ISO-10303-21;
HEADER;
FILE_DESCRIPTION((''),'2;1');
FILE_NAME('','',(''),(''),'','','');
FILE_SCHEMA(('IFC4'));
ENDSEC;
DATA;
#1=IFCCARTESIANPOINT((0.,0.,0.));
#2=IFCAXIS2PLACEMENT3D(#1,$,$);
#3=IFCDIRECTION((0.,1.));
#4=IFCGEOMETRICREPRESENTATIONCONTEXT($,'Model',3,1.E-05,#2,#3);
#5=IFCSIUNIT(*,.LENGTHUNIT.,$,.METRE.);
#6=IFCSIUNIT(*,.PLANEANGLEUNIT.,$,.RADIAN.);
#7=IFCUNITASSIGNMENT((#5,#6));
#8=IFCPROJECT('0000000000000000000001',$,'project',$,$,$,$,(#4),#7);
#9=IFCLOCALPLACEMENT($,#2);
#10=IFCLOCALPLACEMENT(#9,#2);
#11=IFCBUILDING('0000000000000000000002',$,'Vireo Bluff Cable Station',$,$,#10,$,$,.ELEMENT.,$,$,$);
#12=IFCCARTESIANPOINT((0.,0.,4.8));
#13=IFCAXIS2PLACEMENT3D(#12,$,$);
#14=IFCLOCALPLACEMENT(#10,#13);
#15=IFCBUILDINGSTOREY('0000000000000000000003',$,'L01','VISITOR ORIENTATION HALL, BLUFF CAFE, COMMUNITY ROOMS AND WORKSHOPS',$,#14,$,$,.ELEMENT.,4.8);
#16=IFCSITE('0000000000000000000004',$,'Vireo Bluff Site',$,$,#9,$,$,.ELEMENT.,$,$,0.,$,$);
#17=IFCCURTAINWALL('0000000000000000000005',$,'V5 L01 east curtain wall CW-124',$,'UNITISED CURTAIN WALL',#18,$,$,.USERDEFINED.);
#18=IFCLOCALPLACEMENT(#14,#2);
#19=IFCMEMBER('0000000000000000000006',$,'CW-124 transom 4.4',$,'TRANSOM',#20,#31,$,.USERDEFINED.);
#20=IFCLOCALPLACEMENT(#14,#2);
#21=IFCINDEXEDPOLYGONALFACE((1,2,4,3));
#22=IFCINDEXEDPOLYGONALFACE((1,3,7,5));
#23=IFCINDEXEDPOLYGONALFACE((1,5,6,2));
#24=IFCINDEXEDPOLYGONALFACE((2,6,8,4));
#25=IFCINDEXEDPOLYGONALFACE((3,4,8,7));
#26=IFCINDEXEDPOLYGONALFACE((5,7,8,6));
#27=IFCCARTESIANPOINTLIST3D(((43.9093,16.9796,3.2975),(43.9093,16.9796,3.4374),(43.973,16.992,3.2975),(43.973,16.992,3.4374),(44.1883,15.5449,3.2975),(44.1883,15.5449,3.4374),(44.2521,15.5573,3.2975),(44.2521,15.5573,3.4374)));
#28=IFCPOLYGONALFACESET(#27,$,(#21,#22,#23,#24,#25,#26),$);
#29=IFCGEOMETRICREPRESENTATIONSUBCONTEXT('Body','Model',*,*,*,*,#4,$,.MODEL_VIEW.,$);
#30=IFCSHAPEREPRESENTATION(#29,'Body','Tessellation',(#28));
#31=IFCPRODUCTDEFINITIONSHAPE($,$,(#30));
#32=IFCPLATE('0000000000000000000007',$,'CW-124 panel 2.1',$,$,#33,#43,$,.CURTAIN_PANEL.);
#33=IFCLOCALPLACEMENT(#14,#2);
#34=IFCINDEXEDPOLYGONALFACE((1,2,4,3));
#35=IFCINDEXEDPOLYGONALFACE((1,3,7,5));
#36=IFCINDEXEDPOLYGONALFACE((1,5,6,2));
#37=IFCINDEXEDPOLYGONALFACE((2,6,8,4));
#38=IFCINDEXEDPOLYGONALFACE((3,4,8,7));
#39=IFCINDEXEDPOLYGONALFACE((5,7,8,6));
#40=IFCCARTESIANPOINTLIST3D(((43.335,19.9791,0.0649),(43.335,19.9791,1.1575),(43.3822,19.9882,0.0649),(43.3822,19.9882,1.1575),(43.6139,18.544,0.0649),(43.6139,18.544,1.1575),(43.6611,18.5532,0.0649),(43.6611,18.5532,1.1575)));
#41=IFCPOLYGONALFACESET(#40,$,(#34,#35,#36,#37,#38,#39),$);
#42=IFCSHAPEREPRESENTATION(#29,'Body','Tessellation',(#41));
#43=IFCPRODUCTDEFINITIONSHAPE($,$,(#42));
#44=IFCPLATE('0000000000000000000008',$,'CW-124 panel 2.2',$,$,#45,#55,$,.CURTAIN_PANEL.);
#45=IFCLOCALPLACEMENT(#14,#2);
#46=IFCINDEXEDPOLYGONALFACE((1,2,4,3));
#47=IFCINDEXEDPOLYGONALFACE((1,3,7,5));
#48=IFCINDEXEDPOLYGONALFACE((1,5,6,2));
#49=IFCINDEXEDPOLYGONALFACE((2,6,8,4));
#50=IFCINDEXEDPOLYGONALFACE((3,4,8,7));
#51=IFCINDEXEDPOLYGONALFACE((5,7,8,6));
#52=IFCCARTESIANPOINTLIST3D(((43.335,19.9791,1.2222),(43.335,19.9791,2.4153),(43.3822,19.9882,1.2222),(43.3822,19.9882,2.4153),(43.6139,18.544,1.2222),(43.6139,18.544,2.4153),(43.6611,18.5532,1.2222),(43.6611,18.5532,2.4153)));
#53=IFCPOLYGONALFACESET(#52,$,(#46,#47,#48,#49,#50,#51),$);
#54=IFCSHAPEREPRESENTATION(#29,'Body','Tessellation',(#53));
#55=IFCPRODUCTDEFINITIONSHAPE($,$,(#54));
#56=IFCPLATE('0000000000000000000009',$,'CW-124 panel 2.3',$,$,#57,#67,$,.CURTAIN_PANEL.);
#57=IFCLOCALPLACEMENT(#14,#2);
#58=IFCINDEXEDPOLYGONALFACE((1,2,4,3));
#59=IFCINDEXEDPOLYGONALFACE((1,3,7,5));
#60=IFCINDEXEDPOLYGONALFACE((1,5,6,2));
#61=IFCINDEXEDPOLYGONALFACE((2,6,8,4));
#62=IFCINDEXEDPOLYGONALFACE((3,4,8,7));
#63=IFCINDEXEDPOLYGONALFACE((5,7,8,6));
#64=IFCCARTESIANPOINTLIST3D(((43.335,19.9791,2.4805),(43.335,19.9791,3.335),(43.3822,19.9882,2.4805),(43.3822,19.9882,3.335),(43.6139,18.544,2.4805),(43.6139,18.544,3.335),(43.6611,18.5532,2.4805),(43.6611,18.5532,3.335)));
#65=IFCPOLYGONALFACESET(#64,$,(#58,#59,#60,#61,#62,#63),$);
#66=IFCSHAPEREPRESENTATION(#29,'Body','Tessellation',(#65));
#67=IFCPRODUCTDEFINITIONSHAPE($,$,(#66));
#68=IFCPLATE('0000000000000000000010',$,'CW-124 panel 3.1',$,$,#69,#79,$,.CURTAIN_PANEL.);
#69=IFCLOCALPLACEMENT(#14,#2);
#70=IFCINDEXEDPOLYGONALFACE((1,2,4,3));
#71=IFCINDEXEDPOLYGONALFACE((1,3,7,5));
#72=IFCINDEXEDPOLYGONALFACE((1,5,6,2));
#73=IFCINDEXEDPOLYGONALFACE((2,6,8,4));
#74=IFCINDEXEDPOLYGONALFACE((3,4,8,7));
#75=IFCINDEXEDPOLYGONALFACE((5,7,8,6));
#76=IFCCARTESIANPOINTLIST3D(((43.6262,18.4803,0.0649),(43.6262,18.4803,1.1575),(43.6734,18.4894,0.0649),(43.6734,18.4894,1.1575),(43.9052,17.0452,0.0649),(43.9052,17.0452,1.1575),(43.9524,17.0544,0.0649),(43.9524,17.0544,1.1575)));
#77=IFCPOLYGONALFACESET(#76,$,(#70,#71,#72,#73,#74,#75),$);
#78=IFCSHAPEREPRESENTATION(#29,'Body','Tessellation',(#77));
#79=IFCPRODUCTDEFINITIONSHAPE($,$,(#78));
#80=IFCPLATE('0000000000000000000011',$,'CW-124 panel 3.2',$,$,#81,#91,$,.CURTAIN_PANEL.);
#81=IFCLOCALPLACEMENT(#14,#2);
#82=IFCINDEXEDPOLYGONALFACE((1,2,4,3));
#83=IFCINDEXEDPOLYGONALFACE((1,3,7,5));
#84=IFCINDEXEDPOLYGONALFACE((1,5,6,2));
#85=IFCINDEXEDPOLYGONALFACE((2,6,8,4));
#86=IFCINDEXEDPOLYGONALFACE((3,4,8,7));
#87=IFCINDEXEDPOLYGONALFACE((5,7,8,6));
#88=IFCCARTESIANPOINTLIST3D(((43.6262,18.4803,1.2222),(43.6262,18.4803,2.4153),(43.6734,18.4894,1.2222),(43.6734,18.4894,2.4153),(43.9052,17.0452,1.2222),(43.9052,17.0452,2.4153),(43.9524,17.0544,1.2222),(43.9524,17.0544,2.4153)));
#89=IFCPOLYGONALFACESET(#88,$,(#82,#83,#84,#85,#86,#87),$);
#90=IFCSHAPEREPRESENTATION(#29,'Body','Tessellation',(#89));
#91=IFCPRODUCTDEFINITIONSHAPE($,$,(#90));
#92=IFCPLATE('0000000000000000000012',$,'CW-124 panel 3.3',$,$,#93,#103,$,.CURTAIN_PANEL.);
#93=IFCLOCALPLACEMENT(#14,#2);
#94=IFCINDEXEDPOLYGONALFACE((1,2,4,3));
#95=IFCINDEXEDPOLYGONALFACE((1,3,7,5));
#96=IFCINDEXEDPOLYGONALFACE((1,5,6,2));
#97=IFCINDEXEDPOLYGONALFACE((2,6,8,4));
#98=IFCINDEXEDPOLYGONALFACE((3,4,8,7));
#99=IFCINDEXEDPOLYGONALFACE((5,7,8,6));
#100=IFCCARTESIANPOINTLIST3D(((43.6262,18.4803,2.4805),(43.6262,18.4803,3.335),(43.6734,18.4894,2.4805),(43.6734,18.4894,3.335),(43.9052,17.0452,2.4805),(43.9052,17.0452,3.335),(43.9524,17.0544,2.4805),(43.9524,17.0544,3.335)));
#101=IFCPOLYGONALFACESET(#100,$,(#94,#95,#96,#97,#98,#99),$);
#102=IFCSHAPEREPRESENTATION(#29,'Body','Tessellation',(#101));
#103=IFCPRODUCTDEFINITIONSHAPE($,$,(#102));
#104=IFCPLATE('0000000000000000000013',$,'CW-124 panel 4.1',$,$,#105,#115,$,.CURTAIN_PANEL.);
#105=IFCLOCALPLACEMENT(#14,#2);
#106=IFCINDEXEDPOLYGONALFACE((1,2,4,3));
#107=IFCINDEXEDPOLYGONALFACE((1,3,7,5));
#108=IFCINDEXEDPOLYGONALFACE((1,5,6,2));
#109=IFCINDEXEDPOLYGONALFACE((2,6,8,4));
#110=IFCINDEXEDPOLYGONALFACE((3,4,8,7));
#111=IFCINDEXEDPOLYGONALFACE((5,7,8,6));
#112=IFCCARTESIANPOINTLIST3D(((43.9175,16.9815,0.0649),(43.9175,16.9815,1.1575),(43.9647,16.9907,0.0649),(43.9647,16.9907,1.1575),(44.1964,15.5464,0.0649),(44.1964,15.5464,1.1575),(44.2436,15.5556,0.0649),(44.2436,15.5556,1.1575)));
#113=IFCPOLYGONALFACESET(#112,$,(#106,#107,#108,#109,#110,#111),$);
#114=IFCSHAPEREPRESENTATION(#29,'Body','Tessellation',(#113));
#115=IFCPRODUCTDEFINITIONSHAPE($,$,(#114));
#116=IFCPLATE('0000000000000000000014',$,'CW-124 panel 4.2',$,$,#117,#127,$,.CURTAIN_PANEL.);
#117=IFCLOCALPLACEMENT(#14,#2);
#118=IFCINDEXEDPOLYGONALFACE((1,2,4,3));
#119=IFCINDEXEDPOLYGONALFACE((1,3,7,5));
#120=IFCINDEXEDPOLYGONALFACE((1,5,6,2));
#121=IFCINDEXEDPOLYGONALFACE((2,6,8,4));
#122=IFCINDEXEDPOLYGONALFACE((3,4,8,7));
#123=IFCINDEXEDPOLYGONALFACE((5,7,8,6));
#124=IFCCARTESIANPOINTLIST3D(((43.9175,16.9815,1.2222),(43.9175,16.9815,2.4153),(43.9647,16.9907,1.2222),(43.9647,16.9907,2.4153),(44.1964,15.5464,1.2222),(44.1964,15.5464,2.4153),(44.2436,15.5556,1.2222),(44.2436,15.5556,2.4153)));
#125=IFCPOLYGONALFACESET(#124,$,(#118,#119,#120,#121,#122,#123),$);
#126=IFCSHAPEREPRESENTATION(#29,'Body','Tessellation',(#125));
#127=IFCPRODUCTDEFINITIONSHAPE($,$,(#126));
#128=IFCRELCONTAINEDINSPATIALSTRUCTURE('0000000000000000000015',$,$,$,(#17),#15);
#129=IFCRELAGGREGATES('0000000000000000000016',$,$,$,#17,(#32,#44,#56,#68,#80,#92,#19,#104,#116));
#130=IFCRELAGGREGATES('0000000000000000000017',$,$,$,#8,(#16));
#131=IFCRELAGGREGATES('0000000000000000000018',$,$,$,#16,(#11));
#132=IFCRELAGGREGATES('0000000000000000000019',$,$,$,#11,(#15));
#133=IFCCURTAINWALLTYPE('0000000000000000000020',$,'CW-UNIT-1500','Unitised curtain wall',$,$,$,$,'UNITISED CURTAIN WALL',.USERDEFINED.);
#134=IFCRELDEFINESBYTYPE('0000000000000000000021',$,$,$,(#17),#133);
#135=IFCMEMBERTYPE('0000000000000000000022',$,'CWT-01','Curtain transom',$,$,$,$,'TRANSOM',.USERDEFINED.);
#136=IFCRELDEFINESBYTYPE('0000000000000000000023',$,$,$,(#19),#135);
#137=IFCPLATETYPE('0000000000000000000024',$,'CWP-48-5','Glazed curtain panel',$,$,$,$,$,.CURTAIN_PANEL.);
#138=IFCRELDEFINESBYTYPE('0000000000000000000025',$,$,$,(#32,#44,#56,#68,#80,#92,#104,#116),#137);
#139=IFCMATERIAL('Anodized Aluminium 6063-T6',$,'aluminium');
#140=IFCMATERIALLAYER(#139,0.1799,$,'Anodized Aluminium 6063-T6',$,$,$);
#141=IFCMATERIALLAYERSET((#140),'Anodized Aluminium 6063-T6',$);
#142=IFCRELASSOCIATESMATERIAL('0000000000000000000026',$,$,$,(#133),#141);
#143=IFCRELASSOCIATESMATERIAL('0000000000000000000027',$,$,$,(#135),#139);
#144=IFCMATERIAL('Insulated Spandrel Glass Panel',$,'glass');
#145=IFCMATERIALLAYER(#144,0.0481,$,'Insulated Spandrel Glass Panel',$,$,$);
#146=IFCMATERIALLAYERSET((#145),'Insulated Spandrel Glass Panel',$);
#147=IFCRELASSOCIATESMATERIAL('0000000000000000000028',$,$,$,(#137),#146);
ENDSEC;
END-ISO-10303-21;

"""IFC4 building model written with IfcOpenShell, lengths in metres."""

from ifc_helpers import new_model, si_unit, direction, frame, origin, origin_2d, place, context, subcontext, project, spatial, rectangle, extrude, material, layer, layer_set, material_profile, profile_set, type_object, element, aggregate, save


model = new_model("IFC4")

# Units and contexts
model_context = context("Model", 3, precision=1e-05, world=origin(), true_north=direction((0.0, 1.0)))
body_context = subcontext(model_context, "Body", "Model", "MODEL_VIEW")
ifc_project = project(units=[si_unit("LENGTHUNIT", "METRE"), si_unit("PLANEANGLEUNIT", "RADIAN")], contexts=[model_context])

# Site, building, storey
site_placement = place(None, origin())
site = spatial("IfcSite", under=ifc_project, at=site_placement, Name="Vireo Bluff Site", CompositionType="ELEMENT", RefElevation=0.0)
building_placement = place(site_placement, origin())
building = spatial("IfcBuilding", under=site, at=building_placement, Name="Vireo Bluff Cable Station", CompositionType="ELEMENT")
storey_placement = place(building_placement, frame((0.0, 0.0, 4.8)))
storey = spatial("IfcBuildingStorey", under=building, at=storey_placement, Name="L01", Description="VISITOR ORIENTATION HALL, BLUFF CAFE, COMMUNITY ROOMS AND WORKSHOPS", CompositionType="ELEMENT", Elevation=4.8)

# Curtain wall, member, plates
ifc_material_1 = material(Name="Anodized Aluminium 6063-T6", Category="aluminium")
ifc_layer_1 = layer(ifc_material_1, 0.1799, Name="Anodized Aluminium 6063-T6")
ifc_layer_set_1 = layer_set([ifc_layer_1], Name="Anodized Aluminium 6063-T6")
curtain_wall_type = type_object("IfcCurtainWallType", Name="CW-UNIT-1500", Description="Unitised curtain wall", ElementType="UNITISED CURTAIN WALL", PredefinedType="USERDEFINED", material=ifc_layer_set_1)
curtain_wall_placement = place(storey_placement, origin())
curtain_wall = element("IfcCurtainWall", 1, at=curtain_wall_placement, inside=storey, type_object=curtain_wall_type, Name="V5 L01 east curtain wall CW-124", ObjectType="UNITISED CURTAIN WALL", PredefinedType="USERDEFINED")
ifc_material_profile_1 = material_profile(ifc_material_1, rectangle(XDim=0.0649, YDim=0.1399, at=origin_2d()), Name="ALU-T-65X140")
ifc_profile_set_1 = profile_set([ifc_material_profile_1], Name="Anodized Aluminium 6063-T6")
member_type_1 = type_object("IfcMemberType", Name="CWT-01", Description="Curtain transom", ElementType="TRANSOM", PredefinedType="USERDEFINED", material=ifc_profile_set_1)
member_1_placement = place(storey_placement, frame((43.9412, 16.9858, 3.3674), z_axis=(0.19091, -0.981608, 0.0), x_axis=(0.981608, 0.19091, 0.0)))
member_1 = element("IfcMember", 2, at=member_1_placement, type_object=member_type_1, Name="CW-124 transom 4.4", ObjectType="TRANSOM", PredefinedType="USERDEFINED", context=body_context, shape_type="SweptSolid", body=[
    extrude(rectangle(XDim=0.0649, YDim=0.1399, at=origin_2d()), origin(), (0.0, 0.0, 1.0), 1.4617),
])
ifc_material_2 = material(Name="Insulated Spandrel Glass Panel", Category="glass")
ifc_layer_2 = layer(ifc_material_2, 0.0481, Name="Insulated Spandrel Glass Panel")
ifc_layer_set_2 = layer_set([ifc_layer_2], Name="Insulated Spandrel Glass Panel")
plate_type = type_object("IfcPlateType", Name="CWP-48-5", Description="Glazed curtain panel", PredefinedType="CURTAIN_PANEL", material=ifc_layer_set_2)
plate_1_placement = place(storey_placement, frame((43.498, 19.2661, 0.0649), z_axis=(0.0, 0.0, 1.0), x_axis=(0.190809, -0.981627, 0.0)))
plate_1 = element("IfcPlate", 3, at=plate_1_placement, type_object=plate_type, Name="CW-124 panel 2.1", PredefinedType="CURTAIN_PANEL", context=body_context, shape_type="SweptSolid", body=[
    extrude(rectangle(XDim=1.4619, YDim=0.0481, at=origin_2d()), origin(), (0.0, 0.0, 1.0), 1.0925),
])
plate_2_placement = place(storey_placement, frame((43.498, 19.2661, 1.2222), z_axis=(0.0, 0.0, 1.0), x_axis=(0.190809, -0.981627, 0.0)))
plate_2 = element("IfcPlate", 4, at=plate_2_placement, type_object=plate_type, Name="CW-124 panel 2.2", PredefinedType="CURTAIN_PANEL", context=body_context, shape_type="SweptSolid", body=[
    extrude(rectangle(XDim=1.4619, YDim=0.0481, at=origin_2d()), origin(), (0.0, 0.0, 1.0), 1.1931),
])
plate_3_placement = place(storey_placement, frame((43.498, 19.2661, 2.4805), z_axis=(0.0, 0.0, 1.0), x_axis=(0.190809, -0.981627, 0.0)))
plate_3 = element("IfcPlate", 5, at=plate_3_placement, type_object=plate_type, Name="CW-124 panel 2.3", PredefinedType="CURTAIN_PANEL", context=body_context, shape_type="SweptSolid", body=[
    extrude(rectangle(XDim=1.4619, YDim=0.0481, at=origin_2d()), origin(), (0.0, 0.0, 1.0), 0.8545),
])
plate_4_placement = place(storey_placement, frame((43.7893, 17.7673, 0.0649), z_axis=(0.0, 0.0, 1.0), x_axis=(0.190809, -0.981627, 0.0)))
plate_4 = element("IfcPlate", 6, at=plate_4_placement, type_object=plate_type, Name="CW-124 panel 3.1", PredefinedType="CURTAIN_PANEL", context=body_context, shape_type="SweptSolid", body=[
    extrude(rectangle(XDim=1.4619, YDim=0.0481, at=origin_2d()), origin(), (0.0, 0.0, 1.0), 1.0925),
])
plate_5_placement = place(storey_placement, frame((43.7893, 17.7673, 1.2222), z_axis=(0.0, 0.0, 1.0), x_axis=(0.190809, -0.981627, 0.0)))
plate_5 = element("IfcPlate", 7, at=plate_5_placement, type_object=plate_type, Name="CW-124 panel 3.2", PredefinedType="CURTAIN_PANEL", context=body_context, shape_type="SweptSolid", body=[
    extrude(rectangle(XDim=1.4619, YDim=0.0481, at=origin_2d()), origin(), (0.0, 0.0, 1.0), 1.1931),
])
plate_6_placement = place(storey_placement, frame((43.7893, 17.7673, 2.4805), z_axis=(0.0, 0.0, 1.0), x_axis=(0.190809, -0.981627, 0.0)))
plate_6 = element("IfcPlate", 8, at=plate_6_placement, type_object=plate_type, Name="CW-124 panel 3.3", PredefinedType="CURTAIN_PANEL", context=body_context, shape_type="SweptSolid", body=[
    extrude(rectangle(XDim=1.4619, YDim=0.0481, at=origin_2d()), origin(), (0.0, 0.0, 1.0), 0.8545),
])
plate_7_placement = place(storey_placement, frame((44.0806, 16.2686, 0.0649), z_axis=(0.0, 0.0, 1.0), x_axis=(0.190809, -0.981627, 0.0)))
plate_7 = element("IfcPlate", 9, at=plate_7_placement, type_object=plate_type, Name="CW-124 panel 4.1", PredefinedType="CURTAIN_PANEL", context=body_context, shape_type="SweptSolid", body=[
    extrude(rectangle(XDim=1.4619, YDim=0.0481, at=origin_2d()), origin(), (0.0, 0.0, 1.0), 1.0925),
])
plate_8_placement = place(storey_placement, frame((44.0806, 16.2686, 1.2222), z_axis=(0.0, 0.0, 1.0), x_axis=(0.190809, -0.981627, 0.0)))
plate_8 = element("IfcPlate", 10, at=plate_8_placement, type_object=plate_type, Name="CW-124 panel 4.2", PredefinedType="CURTAIN_PANEL", context=body_context, shape_type="SweptSolid", body=[
    extrude(rectangle(XDim=1.4619, YDim=0.0481, at=origin_2d()), origin(), (0.0, 0.0, 1.0), 1.1931),
])
aggregate(curtain_wall, [plate_1, plate_2, plate_3, plate_4, plate_5, plate_6, member_1, plate_7, plate_8])

save(model, "model.ifc")
